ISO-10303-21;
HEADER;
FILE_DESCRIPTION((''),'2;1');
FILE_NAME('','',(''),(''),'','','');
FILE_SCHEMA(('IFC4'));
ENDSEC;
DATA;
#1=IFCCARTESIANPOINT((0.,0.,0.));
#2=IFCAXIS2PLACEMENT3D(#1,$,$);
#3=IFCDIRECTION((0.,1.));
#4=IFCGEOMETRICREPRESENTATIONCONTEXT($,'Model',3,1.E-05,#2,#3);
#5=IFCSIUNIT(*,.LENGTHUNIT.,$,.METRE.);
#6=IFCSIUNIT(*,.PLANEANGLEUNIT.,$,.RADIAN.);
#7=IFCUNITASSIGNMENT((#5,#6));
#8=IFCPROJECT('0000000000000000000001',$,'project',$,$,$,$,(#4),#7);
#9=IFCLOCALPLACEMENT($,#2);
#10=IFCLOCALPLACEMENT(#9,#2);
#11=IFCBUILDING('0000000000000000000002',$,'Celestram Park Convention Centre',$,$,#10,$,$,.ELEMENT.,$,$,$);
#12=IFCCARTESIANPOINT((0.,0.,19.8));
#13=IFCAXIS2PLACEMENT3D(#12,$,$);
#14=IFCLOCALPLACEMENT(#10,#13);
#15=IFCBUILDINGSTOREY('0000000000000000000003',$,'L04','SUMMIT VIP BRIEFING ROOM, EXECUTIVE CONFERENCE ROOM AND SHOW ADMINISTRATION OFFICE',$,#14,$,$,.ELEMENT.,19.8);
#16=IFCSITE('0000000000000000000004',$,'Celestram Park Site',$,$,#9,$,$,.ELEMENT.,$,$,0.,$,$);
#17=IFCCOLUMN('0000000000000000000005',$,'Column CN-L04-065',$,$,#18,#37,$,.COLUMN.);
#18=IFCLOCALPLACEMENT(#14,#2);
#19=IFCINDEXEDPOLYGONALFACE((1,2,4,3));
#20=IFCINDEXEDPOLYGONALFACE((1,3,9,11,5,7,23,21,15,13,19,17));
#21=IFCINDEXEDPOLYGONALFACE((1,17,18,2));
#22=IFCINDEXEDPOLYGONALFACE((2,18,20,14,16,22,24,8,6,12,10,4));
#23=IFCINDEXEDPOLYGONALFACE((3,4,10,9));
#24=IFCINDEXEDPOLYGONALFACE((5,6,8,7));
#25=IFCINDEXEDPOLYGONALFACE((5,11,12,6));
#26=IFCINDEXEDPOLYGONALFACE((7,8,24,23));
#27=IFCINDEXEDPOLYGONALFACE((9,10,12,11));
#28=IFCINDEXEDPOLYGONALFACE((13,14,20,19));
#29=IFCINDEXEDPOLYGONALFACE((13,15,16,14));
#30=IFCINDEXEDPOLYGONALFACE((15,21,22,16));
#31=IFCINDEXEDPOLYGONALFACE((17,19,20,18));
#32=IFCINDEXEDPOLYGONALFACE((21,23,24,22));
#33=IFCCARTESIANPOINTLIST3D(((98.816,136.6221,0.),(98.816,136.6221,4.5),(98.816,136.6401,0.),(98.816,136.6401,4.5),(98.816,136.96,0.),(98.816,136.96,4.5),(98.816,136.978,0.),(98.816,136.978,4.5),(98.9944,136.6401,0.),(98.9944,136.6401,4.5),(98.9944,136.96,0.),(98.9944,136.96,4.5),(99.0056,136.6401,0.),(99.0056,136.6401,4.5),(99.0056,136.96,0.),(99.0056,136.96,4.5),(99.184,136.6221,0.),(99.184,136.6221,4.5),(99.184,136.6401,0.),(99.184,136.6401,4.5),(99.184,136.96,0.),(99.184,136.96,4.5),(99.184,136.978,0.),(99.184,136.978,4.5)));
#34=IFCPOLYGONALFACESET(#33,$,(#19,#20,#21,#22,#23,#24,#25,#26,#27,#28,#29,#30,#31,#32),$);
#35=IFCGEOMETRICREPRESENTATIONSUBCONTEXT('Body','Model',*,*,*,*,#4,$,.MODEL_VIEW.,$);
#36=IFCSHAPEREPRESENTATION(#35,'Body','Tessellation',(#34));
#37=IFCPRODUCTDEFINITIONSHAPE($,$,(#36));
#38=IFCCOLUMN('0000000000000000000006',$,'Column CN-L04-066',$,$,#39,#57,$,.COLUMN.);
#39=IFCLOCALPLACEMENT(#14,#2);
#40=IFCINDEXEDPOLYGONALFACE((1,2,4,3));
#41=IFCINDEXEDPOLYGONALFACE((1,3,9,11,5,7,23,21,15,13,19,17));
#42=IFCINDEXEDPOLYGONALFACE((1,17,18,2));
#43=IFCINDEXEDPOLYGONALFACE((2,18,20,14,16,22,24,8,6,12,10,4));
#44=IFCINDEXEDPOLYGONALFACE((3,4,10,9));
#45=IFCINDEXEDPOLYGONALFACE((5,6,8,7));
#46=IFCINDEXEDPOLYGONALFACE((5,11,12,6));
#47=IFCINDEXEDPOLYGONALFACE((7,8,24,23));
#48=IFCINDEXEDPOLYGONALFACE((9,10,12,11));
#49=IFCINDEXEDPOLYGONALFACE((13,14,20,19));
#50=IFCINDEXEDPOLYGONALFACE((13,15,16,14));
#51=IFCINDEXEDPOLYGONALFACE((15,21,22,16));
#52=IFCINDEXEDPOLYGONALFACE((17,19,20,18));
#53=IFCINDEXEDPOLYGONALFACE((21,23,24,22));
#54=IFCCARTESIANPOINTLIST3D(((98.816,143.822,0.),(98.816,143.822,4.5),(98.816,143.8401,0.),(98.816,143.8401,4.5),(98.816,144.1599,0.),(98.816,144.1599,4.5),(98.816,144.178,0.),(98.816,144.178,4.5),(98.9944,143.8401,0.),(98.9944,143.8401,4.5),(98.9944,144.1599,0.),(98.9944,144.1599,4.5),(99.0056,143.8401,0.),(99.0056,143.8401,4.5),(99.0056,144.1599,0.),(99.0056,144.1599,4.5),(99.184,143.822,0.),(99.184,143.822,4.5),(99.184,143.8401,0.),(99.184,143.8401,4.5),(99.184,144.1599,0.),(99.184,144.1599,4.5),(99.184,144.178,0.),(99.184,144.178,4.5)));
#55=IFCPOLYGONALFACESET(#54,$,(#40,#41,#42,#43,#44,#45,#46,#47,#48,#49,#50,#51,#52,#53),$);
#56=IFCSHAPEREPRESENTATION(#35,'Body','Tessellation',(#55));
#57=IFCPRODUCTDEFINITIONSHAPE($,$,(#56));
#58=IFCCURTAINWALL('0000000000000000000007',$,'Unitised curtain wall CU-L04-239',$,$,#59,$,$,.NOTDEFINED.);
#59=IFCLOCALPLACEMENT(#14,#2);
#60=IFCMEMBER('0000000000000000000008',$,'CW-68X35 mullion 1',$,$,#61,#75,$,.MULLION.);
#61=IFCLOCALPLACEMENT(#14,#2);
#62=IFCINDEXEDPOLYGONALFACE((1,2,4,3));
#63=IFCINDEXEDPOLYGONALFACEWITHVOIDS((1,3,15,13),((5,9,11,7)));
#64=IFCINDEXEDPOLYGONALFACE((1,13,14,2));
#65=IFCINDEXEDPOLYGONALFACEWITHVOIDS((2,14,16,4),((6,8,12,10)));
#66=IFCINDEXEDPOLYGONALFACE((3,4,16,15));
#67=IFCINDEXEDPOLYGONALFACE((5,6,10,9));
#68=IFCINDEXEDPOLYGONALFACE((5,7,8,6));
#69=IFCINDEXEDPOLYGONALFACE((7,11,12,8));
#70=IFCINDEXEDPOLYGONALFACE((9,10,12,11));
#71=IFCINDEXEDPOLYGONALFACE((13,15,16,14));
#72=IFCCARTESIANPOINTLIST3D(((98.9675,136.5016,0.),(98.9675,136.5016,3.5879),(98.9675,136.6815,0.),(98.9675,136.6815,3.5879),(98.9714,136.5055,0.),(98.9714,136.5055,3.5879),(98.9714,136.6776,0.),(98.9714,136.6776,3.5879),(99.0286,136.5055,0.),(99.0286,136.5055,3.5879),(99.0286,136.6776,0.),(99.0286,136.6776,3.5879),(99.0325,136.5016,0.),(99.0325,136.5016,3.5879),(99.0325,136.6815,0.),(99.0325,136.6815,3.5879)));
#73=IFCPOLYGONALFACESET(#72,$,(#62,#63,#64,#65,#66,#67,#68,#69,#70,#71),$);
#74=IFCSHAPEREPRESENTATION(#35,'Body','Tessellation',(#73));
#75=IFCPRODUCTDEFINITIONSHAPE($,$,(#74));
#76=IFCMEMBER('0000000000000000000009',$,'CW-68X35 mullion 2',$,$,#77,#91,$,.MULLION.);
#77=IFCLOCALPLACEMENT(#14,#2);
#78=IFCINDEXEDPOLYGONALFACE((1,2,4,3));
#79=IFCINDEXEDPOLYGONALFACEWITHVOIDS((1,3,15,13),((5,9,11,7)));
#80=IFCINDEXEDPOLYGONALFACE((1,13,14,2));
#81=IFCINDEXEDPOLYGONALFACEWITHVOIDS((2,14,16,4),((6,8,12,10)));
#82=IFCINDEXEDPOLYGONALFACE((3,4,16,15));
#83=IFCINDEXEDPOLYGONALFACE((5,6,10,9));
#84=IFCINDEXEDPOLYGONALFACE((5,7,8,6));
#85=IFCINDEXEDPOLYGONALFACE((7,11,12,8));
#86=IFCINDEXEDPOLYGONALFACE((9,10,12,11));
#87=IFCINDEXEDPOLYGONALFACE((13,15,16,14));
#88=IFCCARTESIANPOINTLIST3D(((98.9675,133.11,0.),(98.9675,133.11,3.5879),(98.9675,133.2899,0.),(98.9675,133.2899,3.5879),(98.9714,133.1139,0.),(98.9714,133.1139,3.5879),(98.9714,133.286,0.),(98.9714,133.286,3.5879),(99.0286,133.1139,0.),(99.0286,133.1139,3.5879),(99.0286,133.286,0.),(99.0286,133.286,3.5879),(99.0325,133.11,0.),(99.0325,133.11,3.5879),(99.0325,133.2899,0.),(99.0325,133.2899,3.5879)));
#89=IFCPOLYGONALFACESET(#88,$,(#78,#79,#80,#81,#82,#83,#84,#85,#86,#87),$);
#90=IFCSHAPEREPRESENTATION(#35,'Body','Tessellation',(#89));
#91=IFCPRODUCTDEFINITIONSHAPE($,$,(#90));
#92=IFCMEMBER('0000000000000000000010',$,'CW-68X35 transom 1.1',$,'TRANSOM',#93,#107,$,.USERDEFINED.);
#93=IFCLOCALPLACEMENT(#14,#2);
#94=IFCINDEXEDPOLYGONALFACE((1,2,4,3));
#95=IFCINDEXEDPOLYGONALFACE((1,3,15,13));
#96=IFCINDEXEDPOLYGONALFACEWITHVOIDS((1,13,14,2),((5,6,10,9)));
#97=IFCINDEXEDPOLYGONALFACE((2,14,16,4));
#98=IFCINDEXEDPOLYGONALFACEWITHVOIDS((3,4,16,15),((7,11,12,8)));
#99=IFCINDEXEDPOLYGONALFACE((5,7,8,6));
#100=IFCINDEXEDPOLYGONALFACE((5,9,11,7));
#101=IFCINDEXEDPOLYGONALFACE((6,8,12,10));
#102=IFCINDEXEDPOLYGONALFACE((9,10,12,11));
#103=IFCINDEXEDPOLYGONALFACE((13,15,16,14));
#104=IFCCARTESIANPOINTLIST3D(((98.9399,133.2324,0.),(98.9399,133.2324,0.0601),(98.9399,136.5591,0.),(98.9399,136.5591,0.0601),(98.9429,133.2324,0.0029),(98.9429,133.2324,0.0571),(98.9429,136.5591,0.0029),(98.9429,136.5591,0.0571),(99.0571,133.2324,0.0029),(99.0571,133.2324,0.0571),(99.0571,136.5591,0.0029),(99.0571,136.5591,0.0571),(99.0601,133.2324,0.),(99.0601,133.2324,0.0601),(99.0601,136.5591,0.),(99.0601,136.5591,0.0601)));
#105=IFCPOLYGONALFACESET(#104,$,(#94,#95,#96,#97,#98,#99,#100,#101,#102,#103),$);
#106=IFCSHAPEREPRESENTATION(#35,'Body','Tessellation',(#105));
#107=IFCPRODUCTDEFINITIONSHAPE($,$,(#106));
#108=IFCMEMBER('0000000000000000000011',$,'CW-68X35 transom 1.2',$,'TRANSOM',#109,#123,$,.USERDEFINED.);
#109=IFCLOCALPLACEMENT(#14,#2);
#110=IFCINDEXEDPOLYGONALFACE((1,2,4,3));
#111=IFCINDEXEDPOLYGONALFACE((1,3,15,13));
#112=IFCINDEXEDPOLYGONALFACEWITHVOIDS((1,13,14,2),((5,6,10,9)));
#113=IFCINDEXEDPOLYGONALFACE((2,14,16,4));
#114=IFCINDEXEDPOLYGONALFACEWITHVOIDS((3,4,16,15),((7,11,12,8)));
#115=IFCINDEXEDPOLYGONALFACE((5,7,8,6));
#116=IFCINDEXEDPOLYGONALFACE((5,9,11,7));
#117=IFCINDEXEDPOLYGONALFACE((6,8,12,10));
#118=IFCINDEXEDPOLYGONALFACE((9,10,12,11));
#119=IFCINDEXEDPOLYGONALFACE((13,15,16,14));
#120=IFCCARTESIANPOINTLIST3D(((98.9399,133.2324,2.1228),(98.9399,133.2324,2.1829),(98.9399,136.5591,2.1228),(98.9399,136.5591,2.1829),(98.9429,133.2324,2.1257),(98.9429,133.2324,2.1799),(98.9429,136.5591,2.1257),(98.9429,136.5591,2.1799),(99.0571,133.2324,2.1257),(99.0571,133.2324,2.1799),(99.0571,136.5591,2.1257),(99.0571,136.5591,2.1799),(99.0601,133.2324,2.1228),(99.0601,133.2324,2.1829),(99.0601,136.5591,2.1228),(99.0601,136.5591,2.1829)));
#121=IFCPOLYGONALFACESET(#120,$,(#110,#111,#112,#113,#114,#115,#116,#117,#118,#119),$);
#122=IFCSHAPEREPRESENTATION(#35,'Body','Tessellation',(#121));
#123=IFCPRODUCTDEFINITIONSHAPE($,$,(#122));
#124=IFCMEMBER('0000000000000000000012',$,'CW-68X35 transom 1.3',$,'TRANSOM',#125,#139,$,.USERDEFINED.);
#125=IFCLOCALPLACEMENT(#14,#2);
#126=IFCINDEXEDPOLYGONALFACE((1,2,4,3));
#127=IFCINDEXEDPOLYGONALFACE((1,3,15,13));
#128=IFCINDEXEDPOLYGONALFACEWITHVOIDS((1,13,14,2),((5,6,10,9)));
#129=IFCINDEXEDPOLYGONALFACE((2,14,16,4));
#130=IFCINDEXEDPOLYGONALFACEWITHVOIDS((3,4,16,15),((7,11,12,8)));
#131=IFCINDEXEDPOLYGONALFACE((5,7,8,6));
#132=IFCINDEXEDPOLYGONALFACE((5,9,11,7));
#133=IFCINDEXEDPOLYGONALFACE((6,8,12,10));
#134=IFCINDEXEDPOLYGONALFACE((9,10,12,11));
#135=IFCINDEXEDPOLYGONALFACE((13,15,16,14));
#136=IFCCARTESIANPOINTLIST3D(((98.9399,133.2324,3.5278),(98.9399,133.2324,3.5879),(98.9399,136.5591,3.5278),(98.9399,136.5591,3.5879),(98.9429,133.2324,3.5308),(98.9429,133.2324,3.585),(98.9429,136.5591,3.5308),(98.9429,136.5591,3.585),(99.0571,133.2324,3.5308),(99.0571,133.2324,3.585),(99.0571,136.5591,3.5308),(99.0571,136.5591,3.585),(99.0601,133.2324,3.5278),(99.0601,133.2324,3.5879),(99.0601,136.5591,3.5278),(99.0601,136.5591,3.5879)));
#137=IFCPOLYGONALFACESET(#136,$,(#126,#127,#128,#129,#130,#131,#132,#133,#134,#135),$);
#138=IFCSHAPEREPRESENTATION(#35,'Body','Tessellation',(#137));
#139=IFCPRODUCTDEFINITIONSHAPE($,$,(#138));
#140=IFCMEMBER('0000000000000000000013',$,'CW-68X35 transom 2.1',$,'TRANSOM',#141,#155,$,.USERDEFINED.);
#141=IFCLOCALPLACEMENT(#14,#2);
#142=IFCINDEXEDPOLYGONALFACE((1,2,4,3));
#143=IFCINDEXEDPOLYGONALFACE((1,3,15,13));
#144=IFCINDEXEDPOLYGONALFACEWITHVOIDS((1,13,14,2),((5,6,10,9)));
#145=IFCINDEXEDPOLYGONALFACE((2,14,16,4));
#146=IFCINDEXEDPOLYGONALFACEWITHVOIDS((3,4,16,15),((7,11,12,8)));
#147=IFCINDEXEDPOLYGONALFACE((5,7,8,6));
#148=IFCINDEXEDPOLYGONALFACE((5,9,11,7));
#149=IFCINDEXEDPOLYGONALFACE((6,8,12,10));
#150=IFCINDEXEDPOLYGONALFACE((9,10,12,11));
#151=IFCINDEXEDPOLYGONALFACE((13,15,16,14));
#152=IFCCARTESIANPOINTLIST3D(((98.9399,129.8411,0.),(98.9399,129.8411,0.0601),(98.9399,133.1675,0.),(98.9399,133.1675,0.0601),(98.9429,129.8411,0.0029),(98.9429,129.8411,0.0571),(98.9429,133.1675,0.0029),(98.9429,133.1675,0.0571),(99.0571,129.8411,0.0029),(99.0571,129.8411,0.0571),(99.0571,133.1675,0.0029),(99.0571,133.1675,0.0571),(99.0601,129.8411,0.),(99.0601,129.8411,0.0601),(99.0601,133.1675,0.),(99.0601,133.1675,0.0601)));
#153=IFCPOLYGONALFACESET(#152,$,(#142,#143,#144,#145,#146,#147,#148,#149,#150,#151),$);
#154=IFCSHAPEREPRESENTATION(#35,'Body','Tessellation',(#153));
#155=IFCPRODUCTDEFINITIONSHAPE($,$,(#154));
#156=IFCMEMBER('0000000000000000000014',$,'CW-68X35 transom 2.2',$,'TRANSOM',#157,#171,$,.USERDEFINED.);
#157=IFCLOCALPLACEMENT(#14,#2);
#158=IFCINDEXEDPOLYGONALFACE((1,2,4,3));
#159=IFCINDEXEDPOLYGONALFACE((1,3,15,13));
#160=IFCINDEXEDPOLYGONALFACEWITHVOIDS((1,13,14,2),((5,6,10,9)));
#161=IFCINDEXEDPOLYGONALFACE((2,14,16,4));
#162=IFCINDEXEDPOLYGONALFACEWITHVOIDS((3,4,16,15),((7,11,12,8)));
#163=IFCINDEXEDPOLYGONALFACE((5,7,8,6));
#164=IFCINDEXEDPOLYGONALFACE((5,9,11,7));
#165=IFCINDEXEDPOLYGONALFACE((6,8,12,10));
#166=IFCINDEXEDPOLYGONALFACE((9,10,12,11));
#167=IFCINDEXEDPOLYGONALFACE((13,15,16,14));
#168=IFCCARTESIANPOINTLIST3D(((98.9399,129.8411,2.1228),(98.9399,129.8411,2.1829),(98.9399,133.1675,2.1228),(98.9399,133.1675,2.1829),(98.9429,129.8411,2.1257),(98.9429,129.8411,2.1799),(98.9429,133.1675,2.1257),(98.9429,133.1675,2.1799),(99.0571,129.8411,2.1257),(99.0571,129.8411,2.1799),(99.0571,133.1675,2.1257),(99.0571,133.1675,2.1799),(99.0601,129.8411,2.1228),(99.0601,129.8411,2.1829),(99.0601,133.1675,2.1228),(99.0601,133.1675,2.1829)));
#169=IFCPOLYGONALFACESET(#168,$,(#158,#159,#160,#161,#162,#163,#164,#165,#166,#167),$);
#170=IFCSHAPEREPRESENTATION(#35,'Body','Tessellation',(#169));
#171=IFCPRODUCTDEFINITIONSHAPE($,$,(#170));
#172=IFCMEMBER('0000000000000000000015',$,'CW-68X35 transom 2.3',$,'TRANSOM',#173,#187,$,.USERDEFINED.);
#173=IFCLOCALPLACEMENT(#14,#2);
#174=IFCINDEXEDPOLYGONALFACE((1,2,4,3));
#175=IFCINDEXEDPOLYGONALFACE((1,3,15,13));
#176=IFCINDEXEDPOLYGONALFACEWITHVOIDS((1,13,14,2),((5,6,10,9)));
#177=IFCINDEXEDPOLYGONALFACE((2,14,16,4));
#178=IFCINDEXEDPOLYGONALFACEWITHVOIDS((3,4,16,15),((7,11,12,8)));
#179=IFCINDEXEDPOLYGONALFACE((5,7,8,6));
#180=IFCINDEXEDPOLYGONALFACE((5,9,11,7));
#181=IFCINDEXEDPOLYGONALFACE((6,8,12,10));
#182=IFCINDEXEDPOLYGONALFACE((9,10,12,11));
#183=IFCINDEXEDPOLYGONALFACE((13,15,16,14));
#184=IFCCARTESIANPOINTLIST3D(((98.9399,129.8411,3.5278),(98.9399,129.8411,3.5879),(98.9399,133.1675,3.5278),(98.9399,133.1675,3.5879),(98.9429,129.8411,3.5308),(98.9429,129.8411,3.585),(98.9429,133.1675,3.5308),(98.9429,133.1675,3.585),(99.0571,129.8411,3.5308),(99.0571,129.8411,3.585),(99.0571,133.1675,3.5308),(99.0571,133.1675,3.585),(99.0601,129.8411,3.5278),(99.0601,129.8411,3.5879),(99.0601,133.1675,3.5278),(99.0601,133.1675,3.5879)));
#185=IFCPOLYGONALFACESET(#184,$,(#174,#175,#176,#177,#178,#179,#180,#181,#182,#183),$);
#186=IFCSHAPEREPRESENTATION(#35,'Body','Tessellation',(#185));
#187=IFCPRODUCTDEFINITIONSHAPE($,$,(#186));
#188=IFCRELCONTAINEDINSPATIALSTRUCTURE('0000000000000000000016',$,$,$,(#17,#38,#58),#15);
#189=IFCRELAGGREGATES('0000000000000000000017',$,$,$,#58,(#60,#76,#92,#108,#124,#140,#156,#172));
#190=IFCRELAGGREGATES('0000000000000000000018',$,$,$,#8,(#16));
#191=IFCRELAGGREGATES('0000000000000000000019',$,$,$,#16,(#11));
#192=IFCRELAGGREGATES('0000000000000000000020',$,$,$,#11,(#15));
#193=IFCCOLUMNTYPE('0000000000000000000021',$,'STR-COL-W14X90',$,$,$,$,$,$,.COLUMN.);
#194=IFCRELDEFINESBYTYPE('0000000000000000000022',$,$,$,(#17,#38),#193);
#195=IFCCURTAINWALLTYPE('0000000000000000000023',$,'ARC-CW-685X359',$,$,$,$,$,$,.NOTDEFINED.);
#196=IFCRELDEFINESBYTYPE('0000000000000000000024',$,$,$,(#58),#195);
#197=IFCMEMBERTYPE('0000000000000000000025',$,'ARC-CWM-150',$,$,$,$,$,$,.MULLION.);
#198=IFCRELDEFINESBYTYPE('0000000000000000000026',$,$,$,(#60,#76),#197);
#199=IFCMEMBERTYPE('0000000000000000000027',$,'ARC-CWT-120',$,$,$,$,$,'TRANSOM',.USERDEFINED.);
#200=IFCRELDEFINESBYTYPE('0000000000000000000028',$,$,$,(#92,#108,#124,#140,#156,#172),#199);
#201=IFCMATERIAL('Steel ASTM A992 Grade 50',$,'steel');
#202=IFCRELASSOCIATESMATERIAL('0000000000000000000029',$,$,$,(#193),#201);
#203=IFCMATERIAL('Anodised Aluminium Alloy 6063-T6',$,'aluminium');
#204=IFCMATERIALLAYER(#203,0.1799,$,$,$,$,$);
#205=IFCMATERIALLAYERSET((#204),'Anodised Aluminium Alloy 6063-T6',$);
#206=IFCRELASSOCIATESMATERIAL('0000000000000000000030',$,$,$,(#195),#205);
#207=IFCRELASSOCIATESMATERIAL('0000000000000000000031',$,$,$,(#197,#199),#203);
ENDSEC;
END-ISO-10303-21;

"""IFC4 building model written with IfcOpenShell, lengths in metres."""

from ifc_helpers import new_model, si_unit, direction, frame, origin, origin_2d, place, context, subcontext, project, spatial, hollow_rectangle, i_section, extrude, material, layer, layer_set, material_profile, profile_set, type_object, element, aggregate, save


model = new_model("IFC4")

# Units and contexts
model_context = context("Model", 3, precision=1e-05, world=origin(), true_north=direction((0.0, 1.0)))
body_context = subcontext(model_context, "Body", "Model", "MODEL_VIEW")
ifc_project = project(units=[si_unit("LENGTHUNIT", "METRE"), si_unit("PLANEANGLEUNIT", "RADIAN")], contexts=[model_context])

# Site, building, storey
site_placement = place(None, origin())
site = spatial("IfcSite", under=ifc_project, at=site_placement, Name="Celestram Park Site", CompositionType="ELEMENT", RefElevation=0.0)
building_placement = place(site_placement, origin())
building = spatial("IfcBuilding", under=site, at=building_placement, Name="Celestram Park Convention Centre", CompositionType="ELEMENT")
storey_placement = place(building_placement, frame((0.0, 0.0, 19.8)))
storey = spatial("IfcBuildingStorey", under=building, at=storey_placement, Name="L04", Description="SUMMIT VIP BRIEFING ROOM, EXECUTIVE CONFERENCE ROOM AND SHOW ADMINISTRATION OFFICE", CompositionType="ELEMENT", Elevation=19.8)

# Columns
ifc_material_1 = material(Name="Steel ASTM A992 Grade 50", Category="steel")
ifc_material_profile_1 = material_profile(ifc_material_1, i_section(OverallWidth=0.3679, OverallDepth=0.356, WebThickness=0.0112, FlangeThickness=0.0181, at=origin_2d()), Name="W14X90")
ifc_profile_set_1 = profile_set([ifc_material_profile_1], Name="Steel ASTM A992 Grade 50")
column_type = type_object("IfcColumnType", Name="STR-COL-W14X90", PredefinedType="COLUMN", material=ifc_profile_set_1)
for number, where, z_axis, x_axis, name in (
    (1, (99.0, 136.8, 0.0), (0.0, 0.0, 1.0), (1.0, 0.0, 0.0), "Column CN-L04-065"),
    (2, (99.0, 144.0, 0.0), (0.0, 0.0, 1.0), (1.0, 0.0, 0.0), "Column CN-L04-066"),
):
    element("IfcColumn", number, at=place(storey_placement, frame(where, z_axis=z_axis, x_axis=x_axis)), inside=storey, type_object=column_type, Name=name, PredefinedType="COLUMN", context=body_context, shape_type="SweptSolid", body=[
        extrude(i_section(OverallWidth=0.3679, OverallDepth=0.356, WebThickness=0.0112, FlangeThickness=0.0181, at=origin_2d()), origin(), (0.0, 0.0, 1.0), 4.5),
    ])

# Curtain wall, members
ifc_material_2 = material(Name="Anodised Aluminium Alloy 6063-T6", Category="aluminium")
ifc_layer_1 = layer(ifc_material_2, 0.1799)
ifc_layer_set_1 = layer_set([ifc_layer_1], Name="Anodised Aluminium Alloy 6063-T6")
curtain_wall_type = type_object("IfcCurtainWallType", Name="ARC-CW-685X359", PredefinedType="NOTDEFINED", material=ifc_layer_set_1)
curtain_wall_placement = place(storey_placement, origin())
curtain_wall = element("IfcCurtainWall", 3, at=curtain_wall_placement, inside=storey, type_object=curtain_wall_type, Name="Unitised curtain wall CU-L04-239", PredefinedType="NOTDEFINED")
ifc_material_profile_2 = material_profile(ifc_material_2, hollow_rectangle(XDim=0.0649, YDim=0.1799, WallThickness=0.0039, at=origin_2d()), Name="ALU65X180X4")
ifc_profile_set_2 = profile_set([ifc_material_profile_2], Name="Anodised Aluminium Alloy 6063-T6")
member_type_1 = type_object("IfcMemberType", Name="ARC-CWM-150", PredefinedType="MULLION", material=ifc_profile_set_2)
member_1_placement = place(storey_placement, frame((99.0, 136.5916, 0.0), z_axis=(0.0, 0.0, 1.0), x_axis=(1.0, 0.0, 0.0)))
member_1 = element("IfcMember", 4, at=member_1_placement, type_object=member_type_1, Name="CW-68X35 mullion 1", PredefinedType="MULLION", context=body_context, shape_type="SweptSolid", body=[
    extrude(hollow_rectangle(XDim=0.0649, YDim=0.1799, WallThickness=0.0039, at=origin_2d()), origin(), (0.0, 0.0, 1.0), 3.5879),
])
member_2_placement = place(storey_placement, frame((99.0, 133.2, 0.0), z_axis=(0.0, 0.0, 1.0), x_axis=(1.0, 0.0, 0.0)))
member_2 = element("IfcMember", 5, at=member_2_placement, type_object=member_type_1, Name="CW-68X35 mullion 2", PredefinedType="MULLION", context=body_context, shape_type="SweptSolid", body=[
    extrude(hollow_rectangle(XDim=0.0649, YDim=0.1799, WallThickness=0.0039, at=origin_2d()), origin(), (0.0, 0.0, 1.0), 3.5879),
])
ifc_material_profile_3 = material_profile(ifc_material_2, hollow_rectangle(XDim=0.1201, YDim=0.0601, WallThickness=0.0029, at=origin_2d()), Name="ALU120X60X3")
ifc_profile_set_3 = profile_set([ifc_material_profile_3], Name="Anodised Aluminium Alloy 6063-T6")
member_type_2 = type_object("IfcMemberType", Name="ARC-CWT-120", ElementType="TRANSOM", PredefinedType="USERDEFINED", material=ifc_profile_set_3)
member_3_placement = place(storey_placement, frame((99.0, 136.5591, 0.03), z_axis=(0.0, -1.0, 0.0), x_axis=(1.0, 0.0, 0.0)))
member_3 = element("IfcMember", 6, at=member_3_placement, type_object=member_type_2, Name="CW-68X35 transom 1.1", ObjectType="TRANSOM", PredefinedType="USERDEFINED", context=body_context, shape_type="SweptSolid", body=[
    extrude(hollow_rectangle(XDim=0.1201, YDim=0.0601, WallThickness=0.0029, at=origin_2d()), origin(), (0.0, 0.0, 1.0), 3.3267),
])
member_4_placement = place(storey_placement, frame((99.0, 136.5591, 2.1528), z_axis=(0.0, -1.0, 0.0), x_axis=(1.0, 0.0, 0.0)))
member_4 = element("IfcMember", 7, at=member_4_placement, type_object=member_type_2, Name="CW-68X35 transom 1.2", ObjectType="TRANSOM", PredefinedType="USERDEFINED", context=body_context, shape_type="SweptSolid", body=[
    extrude(hollow_rectangle(XDim=0.1201, YDim=0.0601, WallThickness=0.0029, at=origin_2d()), origin(), (0.0, 0.0, 1.0), 3.3267),
])
member_5_placement = place(storey_placement, frame((99.0, 136.5591, 3.5579), z_axis=(0.0, -1.0, 0.0), x_axis=(1.0, 0.0, 0.0)))
member_5 = element("IfcMember", 8, at=member_5_placement, type_object=member_type_2, Name="CW-68X35 transom 1.3", ObjectType="TRANSOM", PredefinedType="USERDEFINED", context=body_context, shape_type="SweptSolid", body=[
    extrude(hollow_rectangle(XDim=0.1201, YDim=0.0601, WallThickness=0.0029, at=origin_2d()), origin(), (0.0, 0.0, 1.0), 3.3267),
])
member_6_placement = place(storey_placement, frame((99.0, 133.1675, 0.03), z_axis=(0.0, -1.0, 0.0), x_axis=(1.0, 0.0, 0.0)))
member_6 = element("IfcMember", 9, at=member_6_placement, type_object=member_type_2, Name="CW-68X35 transom 2.1", ObjectType="TRANSOM", PredefinedType="USERDEFINED", context=body_context, shape_type="SweptSolid", body=[
    extrude(hollow_rectangle(XDim=0.1201, YDim=0.0601, WallThickness=0.0029, at=origin_2d()), origin(), (0.0, 0.0, 1.0), 3.3264),
])
member_7_placement = place(storey_placement, frame((99.0, 133.1675, 2.1528), z_axis=(0.0, -1.0, 0.0), x_axis=(1.0, 0.0, 0.0)))
member_7 = element("IfcMember", 10, at=member_7_placement, type_object=member_type_2, Name="CW-68X35 transom 2.2", ObjectType="TRANSOM", PredefinedType="USERDEFINED", context=body_context, shape_type="SweptSolid", body=[
    extrude(hollow_rectangle(XDim=0.1201, YDim=0.0601, WallThickness=0.0029, at=origin_2d()), origin(), (0.0, 0.0, 1.0), 3.3264),
])
member_8_placement = place(storey_placement, frame((99.0, 133.1675, 3.5579), z_axis=(0.0, -1.0, 0.0), x_axis=(1.0, 0.0, 0.0)))
member_8 = element("IfcMember", 11, at=member_8_placement, type_object=member_type_2, Name="CW-68X35 transom 2.3", ObjectType="TRANSOM", PredefinedType="USERDEFINED", context=body_context, shape_type="SweptSolid", body=[
    extrude(hollow_rectangle(XDim=0.1201, YDim=0.0601, WallThickness=0.0029, at=origin_2d()), origin(), (0.0, 0.0, 1.0), 3.3264),
])

aggregate(curtain_wall, [member_1, member_2, member_3, member_4, member_5, member_6, member_7, member_8])

save(model, "model.ifc")
